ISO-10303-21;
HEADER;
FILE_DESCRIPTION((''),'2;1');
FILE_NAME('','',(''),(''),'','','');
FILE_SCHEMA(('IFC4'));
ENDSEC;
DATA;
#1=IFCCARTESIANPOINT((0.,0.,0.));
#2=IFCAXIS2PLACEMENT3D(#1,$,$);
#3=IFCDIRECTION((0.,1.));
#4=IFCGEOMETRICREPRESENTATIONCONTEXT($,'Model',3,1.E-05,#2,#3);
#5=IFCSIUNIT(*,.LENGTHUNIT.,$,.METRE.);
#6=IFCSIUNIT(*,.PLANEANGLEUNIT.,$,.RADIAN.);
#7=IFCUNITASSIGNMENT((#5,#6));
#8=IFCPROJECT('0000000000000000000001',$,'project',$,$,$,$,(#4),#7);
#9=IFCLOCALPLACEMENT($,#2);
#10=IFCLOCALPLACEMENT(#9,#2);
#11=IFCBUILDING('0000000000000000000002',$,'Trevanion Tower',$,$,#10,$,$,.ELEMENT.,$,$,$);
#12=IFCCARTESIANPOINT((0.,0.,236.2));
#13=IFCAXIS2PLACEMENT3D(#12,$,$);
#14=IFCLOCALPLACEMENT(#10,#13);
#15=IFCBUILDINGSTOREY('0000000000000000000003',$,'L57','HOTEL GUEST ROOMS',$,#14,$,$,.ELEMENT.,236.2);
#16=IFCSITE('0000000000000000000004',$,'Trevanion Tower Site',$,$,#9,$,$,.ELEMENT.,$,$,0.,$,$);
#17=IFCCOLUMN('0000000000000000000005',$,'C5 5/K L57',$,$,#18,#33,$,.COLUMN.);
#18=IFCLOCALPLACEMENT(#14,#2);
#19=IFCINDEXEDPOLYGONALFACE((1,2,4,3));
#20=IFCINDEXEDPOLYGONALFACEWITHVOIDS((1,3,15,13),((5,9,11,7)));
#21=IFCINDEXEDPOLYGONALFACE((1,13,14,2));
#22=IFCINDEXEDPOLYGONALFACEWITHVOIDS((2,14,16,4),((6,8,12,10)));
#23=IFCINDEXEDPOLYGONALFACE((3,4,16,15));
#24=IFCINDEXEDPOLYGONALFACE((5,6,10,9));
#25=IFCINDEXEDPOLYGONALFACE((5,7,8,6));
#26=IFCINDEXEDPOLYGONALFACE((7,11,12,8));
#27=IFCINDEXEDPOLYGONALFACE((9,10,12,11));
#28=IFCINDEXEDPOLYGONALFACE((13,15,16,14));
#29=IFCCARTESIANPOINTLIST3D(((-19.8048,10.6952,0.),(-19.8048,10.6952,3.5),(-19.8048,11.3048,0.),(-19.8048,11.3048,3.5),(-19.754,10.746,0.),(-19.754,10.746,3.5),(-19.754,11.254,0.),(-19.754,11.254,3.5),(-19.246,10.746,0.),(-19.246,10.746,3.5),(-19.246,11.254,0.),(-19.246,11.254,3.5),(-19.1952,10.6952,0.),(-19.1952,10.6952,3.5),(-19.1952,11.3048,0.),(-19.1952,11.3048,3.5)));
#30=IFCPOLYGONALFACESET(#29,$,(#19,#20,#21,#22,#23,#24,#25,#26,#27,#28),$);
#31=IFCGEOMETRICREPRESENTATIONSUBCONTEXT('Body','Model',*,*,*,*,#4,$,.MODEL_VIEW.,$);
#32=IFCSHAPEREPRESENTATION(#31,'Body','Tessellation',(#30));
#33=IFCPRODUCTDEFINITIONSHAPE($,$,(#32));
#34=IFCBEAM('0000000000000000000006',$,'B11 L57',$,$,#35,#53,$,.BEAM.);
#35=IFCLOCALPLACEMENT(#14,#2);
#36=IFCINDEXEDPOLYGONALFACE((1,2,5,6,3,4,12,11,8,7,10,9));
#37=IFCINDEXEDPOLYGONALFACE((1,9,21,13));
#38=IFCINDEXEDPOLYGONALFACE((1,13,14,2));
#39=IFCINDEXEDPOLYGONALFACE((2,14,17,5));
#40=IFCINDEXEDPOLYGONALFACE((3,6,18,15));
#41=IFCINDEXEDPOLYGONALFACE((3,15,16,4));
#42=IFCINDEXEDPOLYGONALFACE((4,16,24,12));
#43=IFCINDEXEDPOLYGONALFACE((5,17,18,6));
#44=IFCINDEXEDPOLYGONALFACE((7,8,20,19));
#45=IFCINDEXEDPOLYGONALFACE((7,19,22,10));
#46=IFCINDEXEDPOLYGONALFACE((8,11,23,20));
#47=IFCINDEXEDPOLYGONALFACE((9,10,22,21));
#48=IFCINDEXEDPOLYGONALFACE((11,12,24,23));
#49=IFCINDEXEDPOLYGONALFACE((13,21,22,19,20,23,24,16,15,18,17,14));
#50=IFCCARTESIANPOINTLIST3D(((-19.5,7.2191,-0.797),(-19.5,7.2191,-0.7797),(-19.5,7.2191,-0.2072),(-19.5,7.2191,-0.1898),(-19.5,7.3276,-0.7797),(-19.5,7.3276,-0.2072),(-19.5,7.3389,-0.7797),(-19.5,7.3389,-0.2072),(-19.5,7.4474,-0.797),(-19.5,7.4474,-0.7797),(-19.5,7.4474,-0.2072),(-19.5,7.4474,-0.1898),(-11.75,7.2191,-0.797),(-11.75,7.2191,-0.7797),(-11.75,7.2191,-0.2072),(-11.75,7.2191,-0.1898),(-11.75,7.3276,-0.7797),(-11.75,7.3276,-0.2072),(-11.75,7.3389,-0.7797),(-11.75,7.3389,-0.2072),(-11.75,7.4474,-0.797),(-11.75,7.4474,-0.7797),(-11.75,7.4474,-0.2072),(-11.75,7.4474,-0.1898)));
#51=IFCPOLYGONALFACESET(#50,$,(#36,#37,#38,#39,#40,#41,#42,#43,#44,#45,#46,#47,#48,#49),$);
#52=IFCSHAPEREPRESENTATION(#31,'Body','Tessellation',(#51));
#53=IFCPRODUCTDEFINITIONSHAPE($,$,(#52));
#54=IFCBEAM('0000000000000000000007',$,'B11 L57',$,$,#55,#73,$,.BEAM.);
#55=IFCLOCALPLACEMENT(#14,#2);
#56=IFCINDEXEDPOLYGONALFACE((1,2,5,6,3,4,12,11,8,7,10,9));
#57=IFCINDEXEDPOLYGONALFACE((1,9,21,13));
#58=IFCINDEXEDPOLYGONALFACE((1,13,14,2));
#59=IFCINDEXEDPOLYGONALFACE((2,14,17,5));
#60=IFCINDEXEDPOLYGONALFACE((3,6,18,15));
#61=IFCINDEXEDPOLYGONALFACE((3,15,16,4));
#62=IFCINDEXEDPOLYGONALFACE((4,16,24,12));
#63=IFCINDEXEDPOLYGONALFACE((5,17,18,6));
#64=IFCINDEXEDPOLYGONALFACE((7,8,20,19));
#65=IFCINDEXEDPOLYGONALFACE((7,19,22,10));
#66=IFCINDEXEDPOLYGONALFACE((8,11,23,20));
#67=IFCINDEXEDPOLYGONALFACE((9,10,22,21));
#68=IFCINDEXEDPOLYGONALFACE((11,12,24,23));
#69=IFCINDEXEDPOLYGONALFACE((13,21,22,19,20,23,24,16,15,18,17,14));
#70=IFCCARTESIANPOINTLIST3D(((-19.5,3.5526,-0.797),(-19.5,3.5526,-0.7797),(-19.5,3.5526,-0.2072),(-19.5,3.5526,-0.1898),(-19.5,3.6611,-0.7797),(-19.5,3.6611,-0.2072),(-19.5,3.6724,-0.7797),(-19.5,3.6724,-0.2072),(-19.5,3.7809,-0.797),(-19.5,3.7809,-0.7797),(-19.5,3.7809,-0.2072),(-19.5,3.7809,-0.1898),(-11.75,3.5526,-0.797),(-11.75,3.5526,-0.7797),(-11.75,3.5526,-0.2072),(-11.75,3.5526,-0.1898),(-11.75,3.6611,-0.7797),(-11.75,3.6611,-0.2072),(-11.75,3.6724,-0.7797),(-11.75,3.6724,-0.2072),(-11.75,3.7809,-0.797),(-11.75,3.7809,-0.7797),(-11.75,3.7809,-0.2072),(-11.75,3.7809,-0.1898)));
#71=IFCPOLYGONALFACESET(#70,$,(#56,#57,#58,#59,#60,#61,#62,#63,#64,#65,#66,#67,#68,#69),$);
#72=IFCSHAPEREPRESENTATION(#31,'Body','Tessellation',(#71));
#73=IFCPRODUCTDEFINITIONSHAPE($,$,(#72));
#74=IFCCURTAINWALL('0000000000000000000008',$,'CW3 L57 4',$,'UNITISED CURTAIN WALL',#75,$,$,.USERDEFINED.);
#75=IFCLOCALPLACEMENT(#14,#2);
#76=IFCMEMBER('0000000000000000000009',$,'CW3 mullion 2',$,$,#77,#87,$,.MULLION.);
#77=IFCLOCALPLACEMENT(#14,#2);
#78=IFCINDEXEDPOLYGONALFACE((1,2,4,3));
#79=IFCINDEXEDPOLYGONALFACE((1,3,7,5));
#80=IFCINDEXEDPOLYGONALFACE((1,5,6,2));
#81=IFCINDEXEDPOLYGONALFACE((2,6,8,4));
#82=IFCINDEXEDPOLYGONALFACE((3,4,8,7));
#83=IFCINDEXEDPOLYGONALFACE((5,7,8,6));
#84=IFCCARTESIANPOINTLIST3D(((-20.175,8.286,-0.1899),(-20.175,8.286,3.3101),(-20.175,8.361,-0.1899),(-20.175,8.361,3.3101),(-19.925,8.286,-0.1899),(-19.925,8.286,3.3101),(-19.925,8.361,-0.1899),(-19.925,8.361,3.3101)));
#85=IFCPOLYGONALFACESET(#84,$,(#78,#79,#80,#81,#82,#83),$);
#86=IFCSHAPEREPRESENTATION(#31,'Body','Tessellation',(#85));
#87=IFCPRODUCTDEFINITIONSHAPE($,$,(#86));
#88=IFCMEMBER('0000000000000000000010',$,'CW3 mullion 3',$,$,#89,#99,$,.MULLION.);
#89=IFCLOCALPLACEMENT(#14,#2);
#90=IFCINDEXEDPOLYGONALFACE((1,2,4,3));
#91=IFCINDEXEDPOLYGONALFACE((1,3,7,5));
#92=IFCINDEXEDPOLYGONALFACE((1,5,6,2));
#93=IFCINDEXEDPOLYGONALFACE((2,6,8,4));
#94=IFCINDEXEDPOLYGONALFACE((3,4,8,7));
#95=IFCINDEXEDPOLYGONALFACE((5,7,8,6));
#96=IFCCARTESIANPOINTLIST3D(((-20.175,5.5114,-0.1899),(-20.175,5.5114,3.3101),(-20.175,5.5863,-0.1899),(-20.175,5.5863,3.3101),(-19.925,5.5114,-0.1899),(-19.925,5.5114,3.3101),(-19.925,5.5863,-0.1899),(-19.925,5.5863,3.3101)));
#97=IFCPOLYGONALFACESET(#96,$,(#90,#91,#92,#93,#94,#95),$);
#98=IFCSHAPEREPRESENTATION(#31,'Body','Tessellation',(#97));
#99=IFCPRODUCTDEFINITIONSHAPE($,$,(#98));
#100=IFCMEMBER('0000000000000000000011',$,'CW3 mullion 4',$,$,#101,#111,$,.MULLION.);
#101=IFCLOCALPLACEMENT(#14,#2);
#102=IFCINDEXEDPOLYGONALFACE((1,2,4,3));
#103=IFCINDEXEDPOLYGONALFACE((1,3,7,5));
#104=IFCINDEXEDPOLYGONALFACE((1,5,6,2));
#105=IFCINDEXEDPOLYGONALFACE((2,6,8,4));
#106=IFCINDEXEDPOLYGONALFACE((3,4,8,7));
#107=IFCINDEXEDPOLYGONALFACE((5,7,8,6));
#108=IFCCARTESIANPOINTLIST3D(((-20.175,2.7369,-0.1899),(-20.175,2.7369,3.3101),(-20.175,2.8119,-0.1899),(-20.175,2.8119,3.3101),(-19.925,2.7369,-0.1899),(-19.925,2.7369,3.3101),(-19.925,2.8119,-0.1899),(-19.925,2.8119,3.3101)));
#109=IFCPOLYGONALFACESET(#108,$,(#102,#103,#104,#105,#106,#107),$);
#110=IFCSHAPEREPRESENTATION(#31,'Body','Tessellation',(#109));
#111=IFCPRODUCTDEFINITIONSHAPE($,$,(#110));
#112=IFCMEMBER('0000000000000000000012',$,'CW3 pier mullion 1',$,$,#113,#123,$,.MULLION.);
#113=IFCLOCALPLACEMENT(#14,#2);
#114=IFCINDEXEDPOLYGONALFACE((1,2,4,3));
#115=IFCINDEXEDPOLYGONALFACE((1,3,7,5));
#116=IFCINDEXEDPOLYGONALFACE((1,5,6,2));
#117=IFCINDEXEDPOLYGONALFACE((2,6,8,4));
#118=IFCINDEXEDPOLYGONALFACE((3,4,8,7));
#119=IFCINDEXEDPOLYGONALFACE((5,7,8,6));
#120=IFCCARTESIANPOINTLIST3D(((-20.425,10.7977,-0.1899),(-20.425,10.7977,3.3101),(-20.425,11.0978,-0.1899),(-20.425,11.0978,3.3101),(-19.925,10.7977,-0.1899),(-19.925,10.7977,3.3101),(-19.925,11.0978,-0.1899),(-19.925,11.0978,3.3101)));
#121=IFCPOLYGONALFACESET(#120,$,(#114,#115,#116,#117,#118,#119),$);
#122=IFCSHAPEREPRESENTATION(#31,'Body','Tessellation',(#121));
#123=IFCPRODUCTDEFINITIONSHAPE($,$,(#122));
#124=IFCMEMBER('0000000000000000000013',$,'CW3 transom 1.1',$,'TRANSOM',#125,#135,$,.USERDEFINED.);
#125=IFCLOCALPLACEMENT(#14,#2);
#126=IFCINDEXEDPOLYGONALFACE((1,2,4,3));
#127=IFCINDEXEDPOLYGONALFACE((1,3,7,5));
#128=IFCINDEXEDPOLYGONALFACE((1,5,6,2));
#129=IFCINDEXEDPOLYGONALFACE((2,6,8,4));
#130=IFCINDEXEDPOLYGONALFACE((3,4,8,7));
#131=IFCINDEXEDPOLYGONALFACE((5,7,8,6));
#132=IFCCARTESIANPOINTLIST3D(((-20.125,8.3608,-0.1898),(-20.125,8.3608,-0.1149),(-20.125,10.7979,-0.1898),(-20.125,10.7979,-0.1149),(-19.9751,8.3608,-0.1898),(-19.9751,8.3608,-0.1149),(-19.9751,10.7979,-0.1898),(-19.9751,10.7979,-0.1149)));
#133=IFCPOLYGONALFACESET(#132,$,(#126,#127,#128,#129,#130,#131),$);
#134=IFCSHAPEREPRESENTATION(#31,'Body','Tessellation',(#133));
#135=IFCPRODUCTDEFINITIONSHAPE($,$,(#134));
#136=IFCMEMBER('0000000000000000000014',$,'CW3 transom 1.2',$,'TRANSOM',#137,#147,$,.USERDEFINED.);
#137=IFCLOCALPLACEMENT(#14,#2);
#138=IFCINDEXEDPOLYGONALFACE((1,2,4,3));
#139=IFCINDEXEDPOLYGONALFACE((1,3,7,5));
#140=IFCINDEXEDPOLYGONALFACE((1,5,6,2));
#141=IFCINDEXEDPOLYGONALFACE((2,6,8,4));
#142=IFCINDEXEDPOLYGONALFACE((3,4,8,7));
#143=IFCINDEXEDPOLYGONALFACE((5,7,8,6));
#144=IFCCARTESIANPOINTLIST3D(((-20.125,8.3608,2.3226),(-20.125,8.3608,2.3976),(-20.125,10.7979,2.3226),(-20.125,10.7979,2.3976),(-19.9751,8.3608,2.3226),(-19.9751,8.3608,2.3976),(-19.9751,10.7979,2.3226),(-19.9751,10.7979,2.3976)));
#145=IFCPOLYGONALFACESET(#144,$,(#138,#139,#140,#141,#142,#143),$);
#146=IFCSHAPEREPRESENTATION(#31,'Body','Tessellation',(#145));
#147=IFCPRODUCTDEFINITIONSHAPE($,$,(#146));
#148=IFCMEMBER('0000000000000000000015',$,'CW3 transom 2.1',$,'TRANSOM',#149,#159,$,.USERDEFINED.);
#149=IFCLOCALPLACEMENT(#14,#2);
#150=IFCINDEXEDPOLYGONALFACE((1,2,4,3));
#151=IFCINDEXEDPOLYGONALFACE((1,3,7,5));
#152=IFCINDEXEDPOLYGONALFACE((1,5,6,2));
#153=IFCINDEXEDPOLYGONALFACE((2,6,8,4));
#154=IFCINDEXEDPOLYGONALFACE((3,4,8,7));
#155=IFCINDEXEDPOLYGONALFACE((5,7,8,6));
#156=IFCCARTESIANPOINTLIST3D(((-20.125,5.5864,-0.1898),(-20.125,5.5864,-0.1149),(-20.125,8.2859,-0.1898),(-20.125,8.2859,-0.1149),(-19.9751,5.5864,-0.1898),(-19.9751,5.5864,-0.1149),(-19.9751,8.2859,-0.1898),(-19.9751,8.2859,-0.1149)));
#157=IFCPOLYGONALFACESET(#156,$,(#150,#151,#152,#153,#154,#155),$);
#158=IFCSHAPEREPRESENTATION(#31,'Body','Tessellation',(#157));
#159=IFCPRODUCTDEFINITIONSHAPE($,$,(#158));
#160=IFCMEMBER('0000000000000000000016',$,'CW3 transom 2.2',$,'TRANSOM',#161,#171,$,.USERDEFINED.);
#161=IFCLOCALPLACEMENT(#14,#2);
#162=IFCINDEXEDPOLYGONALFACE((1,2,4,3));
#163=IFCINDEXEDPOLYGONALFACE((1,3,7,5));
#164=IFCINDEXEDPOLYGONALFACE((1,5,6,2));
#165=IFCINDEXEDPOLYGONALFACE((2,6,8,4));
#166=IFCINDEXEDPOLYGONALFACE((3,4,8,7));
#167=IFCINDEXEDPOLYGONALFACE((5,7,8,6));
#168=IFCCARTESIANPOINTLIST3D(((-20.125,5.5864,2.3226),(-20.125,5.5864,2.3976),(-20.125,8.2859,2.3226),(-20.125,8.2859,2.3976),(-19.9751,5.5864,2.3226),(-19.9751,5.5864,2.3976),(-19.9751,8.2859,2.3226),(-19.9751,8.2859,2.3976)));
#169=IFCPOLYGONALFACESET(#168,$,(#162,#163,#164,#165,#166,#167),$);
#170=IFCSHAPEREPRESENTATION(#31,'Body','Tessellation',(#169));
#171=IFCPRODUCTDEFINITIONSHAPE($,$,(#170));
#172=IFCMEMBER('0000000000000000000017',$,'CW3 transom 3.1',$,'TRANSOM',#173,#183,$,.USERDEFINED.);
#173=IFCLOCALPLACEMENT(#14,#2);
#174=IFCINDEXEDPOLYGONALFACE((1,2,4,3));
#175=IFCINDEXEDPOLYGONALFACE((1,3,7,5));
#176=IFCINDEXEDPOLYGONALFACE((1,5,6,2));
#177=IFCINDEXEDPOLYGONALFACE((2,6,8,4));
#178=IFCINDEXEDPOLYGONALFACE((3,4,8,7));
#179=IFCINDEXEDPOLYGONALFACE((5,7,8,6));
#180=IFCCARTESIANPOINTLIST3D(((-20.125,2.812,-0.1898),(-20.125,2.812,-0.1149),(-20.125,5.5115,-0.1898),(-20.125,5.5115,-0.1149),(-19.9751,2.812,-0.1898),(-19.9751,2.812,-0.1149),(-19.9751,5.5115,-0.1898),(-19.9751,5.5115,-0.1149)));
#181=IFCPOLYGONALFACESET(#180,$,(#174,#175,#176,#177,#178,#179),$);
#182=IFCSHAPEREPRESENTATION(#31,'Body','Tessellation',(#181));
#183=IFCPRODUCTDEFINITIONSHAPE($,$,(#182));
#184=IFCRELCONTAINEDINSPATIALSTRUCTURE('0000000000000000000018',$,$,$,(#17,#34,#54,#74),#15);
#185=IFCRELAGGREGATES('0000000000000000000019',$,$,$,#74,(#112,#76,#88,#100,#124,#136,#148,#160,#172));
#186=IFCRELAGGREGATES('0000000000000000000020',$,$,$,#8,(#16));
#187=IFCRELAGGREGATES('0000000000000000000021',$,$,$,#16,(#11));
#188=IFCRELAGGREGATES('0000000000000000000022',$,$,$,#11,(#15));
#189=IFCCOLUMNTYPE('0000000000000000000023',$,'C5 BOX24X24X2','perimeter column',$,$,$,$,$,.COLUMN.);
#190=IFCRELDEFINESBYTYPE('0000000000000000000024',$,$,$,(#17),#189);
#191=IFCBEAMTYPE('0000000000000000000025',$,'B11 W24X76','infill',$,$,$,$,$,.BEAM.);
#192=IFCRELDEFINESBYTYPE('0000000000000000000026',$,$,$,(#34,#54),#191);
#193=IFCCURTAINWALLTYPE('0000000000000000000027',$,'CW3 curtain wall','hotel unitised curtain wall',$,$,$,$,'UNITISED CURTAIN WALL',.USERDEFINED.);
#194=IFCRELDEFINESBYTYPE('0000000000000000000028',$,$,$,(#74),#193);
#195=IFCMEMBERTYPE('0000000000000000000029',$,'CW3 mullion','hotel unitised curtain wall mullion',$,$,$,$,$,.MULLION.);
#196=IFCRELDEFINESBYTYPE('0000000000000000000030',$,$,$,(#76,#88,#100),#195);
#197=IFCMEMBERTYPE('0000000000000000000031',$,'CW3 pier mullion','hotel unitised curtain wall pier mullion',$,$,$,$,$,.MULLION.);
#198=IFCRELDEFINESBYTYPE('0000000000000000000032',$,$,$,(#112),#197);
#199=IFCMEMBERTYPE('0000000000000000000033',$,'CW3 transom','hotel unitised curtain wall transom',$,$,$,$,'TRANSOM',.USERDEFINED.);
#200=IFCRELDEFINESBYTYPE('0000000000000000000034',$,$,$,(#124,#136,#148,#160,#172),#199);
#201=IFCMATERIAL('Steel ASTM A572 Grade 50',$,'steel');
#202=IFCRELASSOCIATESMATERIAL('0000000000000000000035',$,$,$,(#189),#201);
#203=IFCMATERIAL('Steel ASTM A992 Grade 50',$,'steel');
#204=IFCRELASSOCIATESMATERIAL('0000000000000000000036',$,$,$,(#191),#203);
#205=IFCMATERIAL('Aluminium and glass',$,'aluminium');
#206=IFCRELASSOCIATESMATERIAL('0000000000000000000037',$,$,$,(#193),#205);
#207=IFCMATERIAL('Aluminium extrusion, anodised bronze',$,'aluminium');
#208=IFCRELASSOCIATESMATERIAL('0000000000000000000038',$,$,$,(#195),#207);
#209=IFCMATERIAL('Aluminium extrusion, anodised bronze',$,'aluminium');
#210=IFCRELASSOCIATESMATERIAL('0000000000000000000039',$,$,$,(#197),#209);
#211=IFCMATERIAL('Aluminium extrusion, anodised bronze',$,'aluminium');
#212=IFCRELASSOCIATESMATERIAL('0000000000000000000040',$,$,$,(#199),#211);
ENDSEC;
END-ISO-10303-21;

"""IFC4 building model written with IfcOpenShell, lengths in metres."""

from ifc_helpers import new_model, si_unit, direction, frame, origin, origin_2d, place, context, subcontext, project, spatial, rectangle, hollow_rectangle, i_section, extrude, material, material_profile, profile_set, type_object, element, aggregate, save


model = new_model("IFC4")

# Units and contexts
model_context = context("Model", 3, precision=1e-05, world=origin(), true_north=direction((0.0, 1.0)))
body_context = subcontext(model_context, "Body", "Model", "MODEL_VIEW")
ifc_project = project(units=[si_unit("LENGTHUNIT", "METRE"), si_unit("PLANEANGLEUNIT", "RADIAN")], contexts=[model_context])

# Site, building, storey
site_placement = place(None, origin())
site = spatial("IfcSite", under=ifc_project, at=site_placement, Name="Trevanion Tower Site", CompositionType="ELEMENT", RefElevation=0.0)
building_placement = place(site_placement, origin())
building = spatial("IfcBuilding", under=site, at=building_placement, Name="Trevanion Tower", CompositionType="ELEMENT")
storey_placement = place(building_placement, frame((0.0, 0.0, 236.2)))
storey = spatial("IfcBuildingStorey", under=building, at=storey_placement, Name="L57", Description="HOTEL GUEST ROOMS", CompositionType="ELEMENT", Elevation=236.2)

# Column
ifc_material_1 = material(Name="Steel ASTM A572 Grade 50", Category="steel")
ifc_material_profile_1 = material_profile(ifc_material_1, hollow_rectangle(XDim=0.6096, YDim=0.6096, WallThickness=0.0508, at=origin_2d()), Name="BOX24X24X2")
ifc_profile_set_1 = profile_set([ifc_material_profile_1], Name="Steel ASTM A572 Grade 50")
column_type = type_object("IfcColumnType", Name="C5 BOX24X24X2", Description="perimeter column", PredefinedType="COLUMN", material=ifc_profile_set_1)
column_placement = place(storey_placement, frame((-19.5, 11.0, 0.0), z_axis=(0.0, 0.0, 1.0), x_axis=(0.0, 1.0, 0.0)))
element("IfcColumn", 1, at=column_placement, inside=storey, type_object=column_type, Name="C5 5/K L57", PredefinedType="COLUMN", context=body_context, shape_type="SweptSolid", body=[
    extrude(hollow_rectangle(XDim=0.6096, YDim=0.6096, WallThickness=0.0508, at=origin_2d()), origin(), (0.0, 0.0, 1.0), 3.5),
])

# Beams
ifc_material_2 = material(Name="Steel ASTM A992 Grade 50", Category="steel")
ifc_material_profile_2 = material_profile(ifc_material_2, i_section(OverallWidth=0.2283, OverallDepth=0.6072, WebThickness=0.0112, FlangeThickness=0.0173, at=origin_2d()), Name="W24X76")
ifc_profile_set_2 = profile_set([ifc_material_profile_2], Name="Steel ASTM A992 Grade 50")
beam_type_1 = type_object("IfcBeamType", Name="B11 W24X76", Description="infill", PredefinedType="BEAM", material=ifc_profile_set_2)
for number, where, z_axis, x_axis, name in (
    (2, (-11.75, 7.3333, -0.4934), (-1.0, 0.0, 0.0), (0.0, -1.0, 0.0), "B11 L57"),
    (3, (-11.75, 3.6667, -0.4934), (-1.0, 0.0, 0.0), (0.0, -1.0, 0.0), "B11 L57"),
):
    element("IfcBeam", number, at=place(storey_placement, frame(where, z_axis=z_axis, x_axis=x_axis)), inside=storey, type_object=beam_type_1, Name=name, PredefinedType="BEAM", context=body_context, shape_type="SweptSolid", body=[
        extrude(i_section(OverallWidth=0.2283, OverallDepth=0.6072, WebThickness=0.0112, FlangeThickness=0.0173, at=origin_2d()), origin(), (0.0, 0.0, 1.0), 7.75),
    ])

# Curtain wall, members
ifc_material_3 = material(Name="Aluminium and glass", Category="aluminium")
curtain_wall_type = type_object("IfcCurtainWallType", Name="CW3 curtain wall", Description="hotel unitised curtain wall", ElementType="UNITISED CURTAIN WALL", PredefinedType="USERDEFINED", material=ifc_material_3)
curtain_wall_placement = place(storey_placement, origin())
curtain_wall = element("IfcCurtainWall", 4, at=curtain_wall_placement, inside=storey, type_object=curtain_wall_type, Name="CW3 L57 4", ObjectType="UNITISED CURTAIN WALL", PredefinedType="USERDEFINED")
ifc_material_4 = material(Name="Aluminium extrusion, anodised bronze", Category="aluminium")
ifc_material_profile_3 = material_profile(ifc_material_4, rectangle(XDim=0.075, YDim=0.25, at=origin_2d()), Name="CW3 mullion")
ifc_profile_set_3 = profile_set([ifc_material_profile_3], Name="Aluminium extrusion, anodised bronze")
member_type_1 = type_object("IfcMemberType", Name="CW3 mullion", Description="hotel unitised curtain wall mullion", PredefinedType="MULLION", material=ifc_profile_set_3)
member_1_placement = place(storey_placement, frame((-20.05, 8.3235, -0.1899), z_axis=(0.0, 0.0, 1.0), x_axis=(0.0, -1.0, 0.0)))
member_1 = element("IfcMember", 5, at=member_1_placement, type_object=member_type_1, Name="CW3 mullion 2", PredefinedType="MULLION", context=body_context, shape_type="SweptSolid", body=[
    extrude(rectangle(XDim=0.075, YDim=0.25, at=origin_2d()), origin(), (0.0, 0.0, 1.0), 3.5),
])
member_2_placement = place(storey_placement, frame((-20.05, 5.5488, -0.1899), z_axis=(0.0, 0.0, 1.0), x_axis=(0.0, -1.0, 0.0)))
member_2 = element("IfcMember", 6, at=member_2_placement, type_object=member_type_1, Name="CW3 mullion 3", PredefinedType="MULLION", context=body_context, shape_type="SweptSolid", body=[
    extrude(rectangle(XDim=0.075, YDim=0.25, at=origin_2d()), origin(), (0.0, 0.0, 1.0), 3.5),
])
member_3_placement = place(storey_placement, frame((-20.05, 2.7744, -0.1899), z_axis=(0.0, 0.0, 1.0), x_axis=(0.0, -1.0, 0.0)))
member_3 = element("IfcMember", 7, at=member_3_placement, type_object=member_type_1, Name="CW3 mullion 4", PredefinedType="MULLION", context=body_context, shape_type="SweptSolid", body=[
    extrude(rectangle(XDim=0.075, YDim=0.25, at=origin_2d()), origin(), (0.0, 0.0, 1.0), 3.5),
])
ifc_material_5 = material(Name="Aluminium extrusion, anodised bronze", Category="aluminium")
ifc_material_profile_4 = material_profile(ifc_material_5, rectangle(XDim=0.3, YDim=0.5, at=origin_2d()), Name="CW3 pier mullion")
ifc_profile_set_4 = profile_set([ifc_material_profile_4], Name="Aluminium extrusion, anodised bronze")
member_type_2 = type_object("IfcMemberType", Name="CW3 pier mullion", Description="hotel unitised curtain wall pier mullion", PredefinedType="MULLION", material=ifc_profile_set_4)
member_4_placement = place(storey_placement, frame((-20.175, 10.9478, -0.1899), z_axis=(0.0, 0.0, 1.0), x_axis=(0.0, -1.0, 0.0)))
member_4 = element("IfcMember", 8, at=member_4_placement, type_object=member_type_2, Name="CW3 pier mullion 1", PredefinedType="MULLION", context=body_context, shape_type="SweptSolid", body=[
    extrude(rectangle(XDim=0.3, YDim=0.5, at=origin_2d()), origin(), (0.0, 0.0, 1.0), 3.5),
])
ifc_material_6 = material(Name="Aluminium extrusion, anodised bronze", Category="aluminium")
ifc_material_profile_5 = material_profile(ifc_material_6, rectangle(XDim=0.1499, YDim=0.075, at=origin_2d()), Name="CW3 transom")
ifc_profile_set_5 = profile_set([ifc_material_profile_5], Name="Aluminium extrusion, anodised bronze")
member_type_3 = type_object("IfcMemberType", Name="CW3 transom", Description="hotel unitised curtain wall transom", ElementType="TRANSOM", PredefinedType="USERDEFINED", material=ifc_profile_set_5)
member_5_placement = place(storey_placement, frame((-20.05, 10.7979, -0.1523), z_axis=(0.0, -1.0, 0.0), x_axis=(1.0, 0.0, 0.0)))
member_5 = element("IfcMember", 9, at=member_5_placement, type_object=member_type_3, Name="CW3 transom 1.1", ObjectType="TRANSOM", PredefinedType="USERDEFINED", context=body_context, shape_type="SweptSolid", body=[
    extrude(rectangle(XDim=0.1499, YDim=0.075, at=origin_2d()), origin(), (0.0, 0.0, 1.0), 2.437),
])
member_6_placement = place(storey_placement, frame((-20.05, 10.7979, 2.3601), z_axis=(0.0, -1.0, 0.0), x_axis=(1.0, 0.0, 0.0)))
member_6 = element("IfcMember", 10, at=member_6_placement, type_object=member_type_3, Name="CW3 transom 1.2", ObjectType="TRANSOM", PredefinedType="USERDEFINED", context=body_context, shape_type="SweptSolid", body=[
    extrude(rectangle(XDim=0.1499, YDim=0.075, at=origin_2d()), origin(), (0.0, 0.0, 1.0), 2.437),
])
member_7_placement = place(storey_placement, frame((-20.05, 8.2859, -0.1523), z_axis=(0.0, -1.0, 0.0), x_axis=(1.0, 0.0, 0.0)))
member_7 = element("IfcMember", 11, at=member_7_placement, type_object=member_type_3, Name="CW3 transom 2.1", ObjectType="TRANSOM", PredefinedType="USERDEFINED", context=body_context, shape_type="SweptSolid", body=[
    extrude(rectangle(XDim=0.1499, YDim=0.075, at=origin_2d()), origin(), (0.0, 0.0, 1.0), 2.6995),
])
member_8_placement = place(storey_placement, frame((-20.05, 8.2859, 2.3601), z_axis=(0.0, -1.0, 0.0), x_axis=(1.0, 0.0, 0.0)))
member_8 = element("IfcMember", 12, at=member_8_placement, type_object=member_type_3, Name="CW3 transom 2.2", ObjectType="TRANSOM", PredefinedType="USERDEFINED", context=body_context, shape_type="SweptSolid", body=[
    extrude(rectangle(XDim=0.1499, YDim=0.075, at=origin_2d()), origin(), (0.0, 0.0, 1.0), 2.6995),
])
member_9_placement = place(storey_placement, frame((-20.05, 5.5115, -0.1523), z_axis=(0.0, -1.0, 0.0), x_axis=(1.0, 0.0, 0.0)))
member_9 = element("IfcMember", 13, at=member_9_placement, type_object=member_type_3, Name="CW3 transom 3.1", ObjectType="TRANSOM", PredefinedType="USERDEFINED", context=body_context, shape_type="SweptSolid", body=[
    extrude(rectangle(XDim=0.1499, YDim=0.075, at=origin_2d()), origin(), (0.0, 0.0, 1.0), 2.6995),
])

aggregate(curtain_wall, [member_4, member_1, member_2, member_3, member_5, member_6, member_7, member_8, member_9])

save(model, "model.ifc")
